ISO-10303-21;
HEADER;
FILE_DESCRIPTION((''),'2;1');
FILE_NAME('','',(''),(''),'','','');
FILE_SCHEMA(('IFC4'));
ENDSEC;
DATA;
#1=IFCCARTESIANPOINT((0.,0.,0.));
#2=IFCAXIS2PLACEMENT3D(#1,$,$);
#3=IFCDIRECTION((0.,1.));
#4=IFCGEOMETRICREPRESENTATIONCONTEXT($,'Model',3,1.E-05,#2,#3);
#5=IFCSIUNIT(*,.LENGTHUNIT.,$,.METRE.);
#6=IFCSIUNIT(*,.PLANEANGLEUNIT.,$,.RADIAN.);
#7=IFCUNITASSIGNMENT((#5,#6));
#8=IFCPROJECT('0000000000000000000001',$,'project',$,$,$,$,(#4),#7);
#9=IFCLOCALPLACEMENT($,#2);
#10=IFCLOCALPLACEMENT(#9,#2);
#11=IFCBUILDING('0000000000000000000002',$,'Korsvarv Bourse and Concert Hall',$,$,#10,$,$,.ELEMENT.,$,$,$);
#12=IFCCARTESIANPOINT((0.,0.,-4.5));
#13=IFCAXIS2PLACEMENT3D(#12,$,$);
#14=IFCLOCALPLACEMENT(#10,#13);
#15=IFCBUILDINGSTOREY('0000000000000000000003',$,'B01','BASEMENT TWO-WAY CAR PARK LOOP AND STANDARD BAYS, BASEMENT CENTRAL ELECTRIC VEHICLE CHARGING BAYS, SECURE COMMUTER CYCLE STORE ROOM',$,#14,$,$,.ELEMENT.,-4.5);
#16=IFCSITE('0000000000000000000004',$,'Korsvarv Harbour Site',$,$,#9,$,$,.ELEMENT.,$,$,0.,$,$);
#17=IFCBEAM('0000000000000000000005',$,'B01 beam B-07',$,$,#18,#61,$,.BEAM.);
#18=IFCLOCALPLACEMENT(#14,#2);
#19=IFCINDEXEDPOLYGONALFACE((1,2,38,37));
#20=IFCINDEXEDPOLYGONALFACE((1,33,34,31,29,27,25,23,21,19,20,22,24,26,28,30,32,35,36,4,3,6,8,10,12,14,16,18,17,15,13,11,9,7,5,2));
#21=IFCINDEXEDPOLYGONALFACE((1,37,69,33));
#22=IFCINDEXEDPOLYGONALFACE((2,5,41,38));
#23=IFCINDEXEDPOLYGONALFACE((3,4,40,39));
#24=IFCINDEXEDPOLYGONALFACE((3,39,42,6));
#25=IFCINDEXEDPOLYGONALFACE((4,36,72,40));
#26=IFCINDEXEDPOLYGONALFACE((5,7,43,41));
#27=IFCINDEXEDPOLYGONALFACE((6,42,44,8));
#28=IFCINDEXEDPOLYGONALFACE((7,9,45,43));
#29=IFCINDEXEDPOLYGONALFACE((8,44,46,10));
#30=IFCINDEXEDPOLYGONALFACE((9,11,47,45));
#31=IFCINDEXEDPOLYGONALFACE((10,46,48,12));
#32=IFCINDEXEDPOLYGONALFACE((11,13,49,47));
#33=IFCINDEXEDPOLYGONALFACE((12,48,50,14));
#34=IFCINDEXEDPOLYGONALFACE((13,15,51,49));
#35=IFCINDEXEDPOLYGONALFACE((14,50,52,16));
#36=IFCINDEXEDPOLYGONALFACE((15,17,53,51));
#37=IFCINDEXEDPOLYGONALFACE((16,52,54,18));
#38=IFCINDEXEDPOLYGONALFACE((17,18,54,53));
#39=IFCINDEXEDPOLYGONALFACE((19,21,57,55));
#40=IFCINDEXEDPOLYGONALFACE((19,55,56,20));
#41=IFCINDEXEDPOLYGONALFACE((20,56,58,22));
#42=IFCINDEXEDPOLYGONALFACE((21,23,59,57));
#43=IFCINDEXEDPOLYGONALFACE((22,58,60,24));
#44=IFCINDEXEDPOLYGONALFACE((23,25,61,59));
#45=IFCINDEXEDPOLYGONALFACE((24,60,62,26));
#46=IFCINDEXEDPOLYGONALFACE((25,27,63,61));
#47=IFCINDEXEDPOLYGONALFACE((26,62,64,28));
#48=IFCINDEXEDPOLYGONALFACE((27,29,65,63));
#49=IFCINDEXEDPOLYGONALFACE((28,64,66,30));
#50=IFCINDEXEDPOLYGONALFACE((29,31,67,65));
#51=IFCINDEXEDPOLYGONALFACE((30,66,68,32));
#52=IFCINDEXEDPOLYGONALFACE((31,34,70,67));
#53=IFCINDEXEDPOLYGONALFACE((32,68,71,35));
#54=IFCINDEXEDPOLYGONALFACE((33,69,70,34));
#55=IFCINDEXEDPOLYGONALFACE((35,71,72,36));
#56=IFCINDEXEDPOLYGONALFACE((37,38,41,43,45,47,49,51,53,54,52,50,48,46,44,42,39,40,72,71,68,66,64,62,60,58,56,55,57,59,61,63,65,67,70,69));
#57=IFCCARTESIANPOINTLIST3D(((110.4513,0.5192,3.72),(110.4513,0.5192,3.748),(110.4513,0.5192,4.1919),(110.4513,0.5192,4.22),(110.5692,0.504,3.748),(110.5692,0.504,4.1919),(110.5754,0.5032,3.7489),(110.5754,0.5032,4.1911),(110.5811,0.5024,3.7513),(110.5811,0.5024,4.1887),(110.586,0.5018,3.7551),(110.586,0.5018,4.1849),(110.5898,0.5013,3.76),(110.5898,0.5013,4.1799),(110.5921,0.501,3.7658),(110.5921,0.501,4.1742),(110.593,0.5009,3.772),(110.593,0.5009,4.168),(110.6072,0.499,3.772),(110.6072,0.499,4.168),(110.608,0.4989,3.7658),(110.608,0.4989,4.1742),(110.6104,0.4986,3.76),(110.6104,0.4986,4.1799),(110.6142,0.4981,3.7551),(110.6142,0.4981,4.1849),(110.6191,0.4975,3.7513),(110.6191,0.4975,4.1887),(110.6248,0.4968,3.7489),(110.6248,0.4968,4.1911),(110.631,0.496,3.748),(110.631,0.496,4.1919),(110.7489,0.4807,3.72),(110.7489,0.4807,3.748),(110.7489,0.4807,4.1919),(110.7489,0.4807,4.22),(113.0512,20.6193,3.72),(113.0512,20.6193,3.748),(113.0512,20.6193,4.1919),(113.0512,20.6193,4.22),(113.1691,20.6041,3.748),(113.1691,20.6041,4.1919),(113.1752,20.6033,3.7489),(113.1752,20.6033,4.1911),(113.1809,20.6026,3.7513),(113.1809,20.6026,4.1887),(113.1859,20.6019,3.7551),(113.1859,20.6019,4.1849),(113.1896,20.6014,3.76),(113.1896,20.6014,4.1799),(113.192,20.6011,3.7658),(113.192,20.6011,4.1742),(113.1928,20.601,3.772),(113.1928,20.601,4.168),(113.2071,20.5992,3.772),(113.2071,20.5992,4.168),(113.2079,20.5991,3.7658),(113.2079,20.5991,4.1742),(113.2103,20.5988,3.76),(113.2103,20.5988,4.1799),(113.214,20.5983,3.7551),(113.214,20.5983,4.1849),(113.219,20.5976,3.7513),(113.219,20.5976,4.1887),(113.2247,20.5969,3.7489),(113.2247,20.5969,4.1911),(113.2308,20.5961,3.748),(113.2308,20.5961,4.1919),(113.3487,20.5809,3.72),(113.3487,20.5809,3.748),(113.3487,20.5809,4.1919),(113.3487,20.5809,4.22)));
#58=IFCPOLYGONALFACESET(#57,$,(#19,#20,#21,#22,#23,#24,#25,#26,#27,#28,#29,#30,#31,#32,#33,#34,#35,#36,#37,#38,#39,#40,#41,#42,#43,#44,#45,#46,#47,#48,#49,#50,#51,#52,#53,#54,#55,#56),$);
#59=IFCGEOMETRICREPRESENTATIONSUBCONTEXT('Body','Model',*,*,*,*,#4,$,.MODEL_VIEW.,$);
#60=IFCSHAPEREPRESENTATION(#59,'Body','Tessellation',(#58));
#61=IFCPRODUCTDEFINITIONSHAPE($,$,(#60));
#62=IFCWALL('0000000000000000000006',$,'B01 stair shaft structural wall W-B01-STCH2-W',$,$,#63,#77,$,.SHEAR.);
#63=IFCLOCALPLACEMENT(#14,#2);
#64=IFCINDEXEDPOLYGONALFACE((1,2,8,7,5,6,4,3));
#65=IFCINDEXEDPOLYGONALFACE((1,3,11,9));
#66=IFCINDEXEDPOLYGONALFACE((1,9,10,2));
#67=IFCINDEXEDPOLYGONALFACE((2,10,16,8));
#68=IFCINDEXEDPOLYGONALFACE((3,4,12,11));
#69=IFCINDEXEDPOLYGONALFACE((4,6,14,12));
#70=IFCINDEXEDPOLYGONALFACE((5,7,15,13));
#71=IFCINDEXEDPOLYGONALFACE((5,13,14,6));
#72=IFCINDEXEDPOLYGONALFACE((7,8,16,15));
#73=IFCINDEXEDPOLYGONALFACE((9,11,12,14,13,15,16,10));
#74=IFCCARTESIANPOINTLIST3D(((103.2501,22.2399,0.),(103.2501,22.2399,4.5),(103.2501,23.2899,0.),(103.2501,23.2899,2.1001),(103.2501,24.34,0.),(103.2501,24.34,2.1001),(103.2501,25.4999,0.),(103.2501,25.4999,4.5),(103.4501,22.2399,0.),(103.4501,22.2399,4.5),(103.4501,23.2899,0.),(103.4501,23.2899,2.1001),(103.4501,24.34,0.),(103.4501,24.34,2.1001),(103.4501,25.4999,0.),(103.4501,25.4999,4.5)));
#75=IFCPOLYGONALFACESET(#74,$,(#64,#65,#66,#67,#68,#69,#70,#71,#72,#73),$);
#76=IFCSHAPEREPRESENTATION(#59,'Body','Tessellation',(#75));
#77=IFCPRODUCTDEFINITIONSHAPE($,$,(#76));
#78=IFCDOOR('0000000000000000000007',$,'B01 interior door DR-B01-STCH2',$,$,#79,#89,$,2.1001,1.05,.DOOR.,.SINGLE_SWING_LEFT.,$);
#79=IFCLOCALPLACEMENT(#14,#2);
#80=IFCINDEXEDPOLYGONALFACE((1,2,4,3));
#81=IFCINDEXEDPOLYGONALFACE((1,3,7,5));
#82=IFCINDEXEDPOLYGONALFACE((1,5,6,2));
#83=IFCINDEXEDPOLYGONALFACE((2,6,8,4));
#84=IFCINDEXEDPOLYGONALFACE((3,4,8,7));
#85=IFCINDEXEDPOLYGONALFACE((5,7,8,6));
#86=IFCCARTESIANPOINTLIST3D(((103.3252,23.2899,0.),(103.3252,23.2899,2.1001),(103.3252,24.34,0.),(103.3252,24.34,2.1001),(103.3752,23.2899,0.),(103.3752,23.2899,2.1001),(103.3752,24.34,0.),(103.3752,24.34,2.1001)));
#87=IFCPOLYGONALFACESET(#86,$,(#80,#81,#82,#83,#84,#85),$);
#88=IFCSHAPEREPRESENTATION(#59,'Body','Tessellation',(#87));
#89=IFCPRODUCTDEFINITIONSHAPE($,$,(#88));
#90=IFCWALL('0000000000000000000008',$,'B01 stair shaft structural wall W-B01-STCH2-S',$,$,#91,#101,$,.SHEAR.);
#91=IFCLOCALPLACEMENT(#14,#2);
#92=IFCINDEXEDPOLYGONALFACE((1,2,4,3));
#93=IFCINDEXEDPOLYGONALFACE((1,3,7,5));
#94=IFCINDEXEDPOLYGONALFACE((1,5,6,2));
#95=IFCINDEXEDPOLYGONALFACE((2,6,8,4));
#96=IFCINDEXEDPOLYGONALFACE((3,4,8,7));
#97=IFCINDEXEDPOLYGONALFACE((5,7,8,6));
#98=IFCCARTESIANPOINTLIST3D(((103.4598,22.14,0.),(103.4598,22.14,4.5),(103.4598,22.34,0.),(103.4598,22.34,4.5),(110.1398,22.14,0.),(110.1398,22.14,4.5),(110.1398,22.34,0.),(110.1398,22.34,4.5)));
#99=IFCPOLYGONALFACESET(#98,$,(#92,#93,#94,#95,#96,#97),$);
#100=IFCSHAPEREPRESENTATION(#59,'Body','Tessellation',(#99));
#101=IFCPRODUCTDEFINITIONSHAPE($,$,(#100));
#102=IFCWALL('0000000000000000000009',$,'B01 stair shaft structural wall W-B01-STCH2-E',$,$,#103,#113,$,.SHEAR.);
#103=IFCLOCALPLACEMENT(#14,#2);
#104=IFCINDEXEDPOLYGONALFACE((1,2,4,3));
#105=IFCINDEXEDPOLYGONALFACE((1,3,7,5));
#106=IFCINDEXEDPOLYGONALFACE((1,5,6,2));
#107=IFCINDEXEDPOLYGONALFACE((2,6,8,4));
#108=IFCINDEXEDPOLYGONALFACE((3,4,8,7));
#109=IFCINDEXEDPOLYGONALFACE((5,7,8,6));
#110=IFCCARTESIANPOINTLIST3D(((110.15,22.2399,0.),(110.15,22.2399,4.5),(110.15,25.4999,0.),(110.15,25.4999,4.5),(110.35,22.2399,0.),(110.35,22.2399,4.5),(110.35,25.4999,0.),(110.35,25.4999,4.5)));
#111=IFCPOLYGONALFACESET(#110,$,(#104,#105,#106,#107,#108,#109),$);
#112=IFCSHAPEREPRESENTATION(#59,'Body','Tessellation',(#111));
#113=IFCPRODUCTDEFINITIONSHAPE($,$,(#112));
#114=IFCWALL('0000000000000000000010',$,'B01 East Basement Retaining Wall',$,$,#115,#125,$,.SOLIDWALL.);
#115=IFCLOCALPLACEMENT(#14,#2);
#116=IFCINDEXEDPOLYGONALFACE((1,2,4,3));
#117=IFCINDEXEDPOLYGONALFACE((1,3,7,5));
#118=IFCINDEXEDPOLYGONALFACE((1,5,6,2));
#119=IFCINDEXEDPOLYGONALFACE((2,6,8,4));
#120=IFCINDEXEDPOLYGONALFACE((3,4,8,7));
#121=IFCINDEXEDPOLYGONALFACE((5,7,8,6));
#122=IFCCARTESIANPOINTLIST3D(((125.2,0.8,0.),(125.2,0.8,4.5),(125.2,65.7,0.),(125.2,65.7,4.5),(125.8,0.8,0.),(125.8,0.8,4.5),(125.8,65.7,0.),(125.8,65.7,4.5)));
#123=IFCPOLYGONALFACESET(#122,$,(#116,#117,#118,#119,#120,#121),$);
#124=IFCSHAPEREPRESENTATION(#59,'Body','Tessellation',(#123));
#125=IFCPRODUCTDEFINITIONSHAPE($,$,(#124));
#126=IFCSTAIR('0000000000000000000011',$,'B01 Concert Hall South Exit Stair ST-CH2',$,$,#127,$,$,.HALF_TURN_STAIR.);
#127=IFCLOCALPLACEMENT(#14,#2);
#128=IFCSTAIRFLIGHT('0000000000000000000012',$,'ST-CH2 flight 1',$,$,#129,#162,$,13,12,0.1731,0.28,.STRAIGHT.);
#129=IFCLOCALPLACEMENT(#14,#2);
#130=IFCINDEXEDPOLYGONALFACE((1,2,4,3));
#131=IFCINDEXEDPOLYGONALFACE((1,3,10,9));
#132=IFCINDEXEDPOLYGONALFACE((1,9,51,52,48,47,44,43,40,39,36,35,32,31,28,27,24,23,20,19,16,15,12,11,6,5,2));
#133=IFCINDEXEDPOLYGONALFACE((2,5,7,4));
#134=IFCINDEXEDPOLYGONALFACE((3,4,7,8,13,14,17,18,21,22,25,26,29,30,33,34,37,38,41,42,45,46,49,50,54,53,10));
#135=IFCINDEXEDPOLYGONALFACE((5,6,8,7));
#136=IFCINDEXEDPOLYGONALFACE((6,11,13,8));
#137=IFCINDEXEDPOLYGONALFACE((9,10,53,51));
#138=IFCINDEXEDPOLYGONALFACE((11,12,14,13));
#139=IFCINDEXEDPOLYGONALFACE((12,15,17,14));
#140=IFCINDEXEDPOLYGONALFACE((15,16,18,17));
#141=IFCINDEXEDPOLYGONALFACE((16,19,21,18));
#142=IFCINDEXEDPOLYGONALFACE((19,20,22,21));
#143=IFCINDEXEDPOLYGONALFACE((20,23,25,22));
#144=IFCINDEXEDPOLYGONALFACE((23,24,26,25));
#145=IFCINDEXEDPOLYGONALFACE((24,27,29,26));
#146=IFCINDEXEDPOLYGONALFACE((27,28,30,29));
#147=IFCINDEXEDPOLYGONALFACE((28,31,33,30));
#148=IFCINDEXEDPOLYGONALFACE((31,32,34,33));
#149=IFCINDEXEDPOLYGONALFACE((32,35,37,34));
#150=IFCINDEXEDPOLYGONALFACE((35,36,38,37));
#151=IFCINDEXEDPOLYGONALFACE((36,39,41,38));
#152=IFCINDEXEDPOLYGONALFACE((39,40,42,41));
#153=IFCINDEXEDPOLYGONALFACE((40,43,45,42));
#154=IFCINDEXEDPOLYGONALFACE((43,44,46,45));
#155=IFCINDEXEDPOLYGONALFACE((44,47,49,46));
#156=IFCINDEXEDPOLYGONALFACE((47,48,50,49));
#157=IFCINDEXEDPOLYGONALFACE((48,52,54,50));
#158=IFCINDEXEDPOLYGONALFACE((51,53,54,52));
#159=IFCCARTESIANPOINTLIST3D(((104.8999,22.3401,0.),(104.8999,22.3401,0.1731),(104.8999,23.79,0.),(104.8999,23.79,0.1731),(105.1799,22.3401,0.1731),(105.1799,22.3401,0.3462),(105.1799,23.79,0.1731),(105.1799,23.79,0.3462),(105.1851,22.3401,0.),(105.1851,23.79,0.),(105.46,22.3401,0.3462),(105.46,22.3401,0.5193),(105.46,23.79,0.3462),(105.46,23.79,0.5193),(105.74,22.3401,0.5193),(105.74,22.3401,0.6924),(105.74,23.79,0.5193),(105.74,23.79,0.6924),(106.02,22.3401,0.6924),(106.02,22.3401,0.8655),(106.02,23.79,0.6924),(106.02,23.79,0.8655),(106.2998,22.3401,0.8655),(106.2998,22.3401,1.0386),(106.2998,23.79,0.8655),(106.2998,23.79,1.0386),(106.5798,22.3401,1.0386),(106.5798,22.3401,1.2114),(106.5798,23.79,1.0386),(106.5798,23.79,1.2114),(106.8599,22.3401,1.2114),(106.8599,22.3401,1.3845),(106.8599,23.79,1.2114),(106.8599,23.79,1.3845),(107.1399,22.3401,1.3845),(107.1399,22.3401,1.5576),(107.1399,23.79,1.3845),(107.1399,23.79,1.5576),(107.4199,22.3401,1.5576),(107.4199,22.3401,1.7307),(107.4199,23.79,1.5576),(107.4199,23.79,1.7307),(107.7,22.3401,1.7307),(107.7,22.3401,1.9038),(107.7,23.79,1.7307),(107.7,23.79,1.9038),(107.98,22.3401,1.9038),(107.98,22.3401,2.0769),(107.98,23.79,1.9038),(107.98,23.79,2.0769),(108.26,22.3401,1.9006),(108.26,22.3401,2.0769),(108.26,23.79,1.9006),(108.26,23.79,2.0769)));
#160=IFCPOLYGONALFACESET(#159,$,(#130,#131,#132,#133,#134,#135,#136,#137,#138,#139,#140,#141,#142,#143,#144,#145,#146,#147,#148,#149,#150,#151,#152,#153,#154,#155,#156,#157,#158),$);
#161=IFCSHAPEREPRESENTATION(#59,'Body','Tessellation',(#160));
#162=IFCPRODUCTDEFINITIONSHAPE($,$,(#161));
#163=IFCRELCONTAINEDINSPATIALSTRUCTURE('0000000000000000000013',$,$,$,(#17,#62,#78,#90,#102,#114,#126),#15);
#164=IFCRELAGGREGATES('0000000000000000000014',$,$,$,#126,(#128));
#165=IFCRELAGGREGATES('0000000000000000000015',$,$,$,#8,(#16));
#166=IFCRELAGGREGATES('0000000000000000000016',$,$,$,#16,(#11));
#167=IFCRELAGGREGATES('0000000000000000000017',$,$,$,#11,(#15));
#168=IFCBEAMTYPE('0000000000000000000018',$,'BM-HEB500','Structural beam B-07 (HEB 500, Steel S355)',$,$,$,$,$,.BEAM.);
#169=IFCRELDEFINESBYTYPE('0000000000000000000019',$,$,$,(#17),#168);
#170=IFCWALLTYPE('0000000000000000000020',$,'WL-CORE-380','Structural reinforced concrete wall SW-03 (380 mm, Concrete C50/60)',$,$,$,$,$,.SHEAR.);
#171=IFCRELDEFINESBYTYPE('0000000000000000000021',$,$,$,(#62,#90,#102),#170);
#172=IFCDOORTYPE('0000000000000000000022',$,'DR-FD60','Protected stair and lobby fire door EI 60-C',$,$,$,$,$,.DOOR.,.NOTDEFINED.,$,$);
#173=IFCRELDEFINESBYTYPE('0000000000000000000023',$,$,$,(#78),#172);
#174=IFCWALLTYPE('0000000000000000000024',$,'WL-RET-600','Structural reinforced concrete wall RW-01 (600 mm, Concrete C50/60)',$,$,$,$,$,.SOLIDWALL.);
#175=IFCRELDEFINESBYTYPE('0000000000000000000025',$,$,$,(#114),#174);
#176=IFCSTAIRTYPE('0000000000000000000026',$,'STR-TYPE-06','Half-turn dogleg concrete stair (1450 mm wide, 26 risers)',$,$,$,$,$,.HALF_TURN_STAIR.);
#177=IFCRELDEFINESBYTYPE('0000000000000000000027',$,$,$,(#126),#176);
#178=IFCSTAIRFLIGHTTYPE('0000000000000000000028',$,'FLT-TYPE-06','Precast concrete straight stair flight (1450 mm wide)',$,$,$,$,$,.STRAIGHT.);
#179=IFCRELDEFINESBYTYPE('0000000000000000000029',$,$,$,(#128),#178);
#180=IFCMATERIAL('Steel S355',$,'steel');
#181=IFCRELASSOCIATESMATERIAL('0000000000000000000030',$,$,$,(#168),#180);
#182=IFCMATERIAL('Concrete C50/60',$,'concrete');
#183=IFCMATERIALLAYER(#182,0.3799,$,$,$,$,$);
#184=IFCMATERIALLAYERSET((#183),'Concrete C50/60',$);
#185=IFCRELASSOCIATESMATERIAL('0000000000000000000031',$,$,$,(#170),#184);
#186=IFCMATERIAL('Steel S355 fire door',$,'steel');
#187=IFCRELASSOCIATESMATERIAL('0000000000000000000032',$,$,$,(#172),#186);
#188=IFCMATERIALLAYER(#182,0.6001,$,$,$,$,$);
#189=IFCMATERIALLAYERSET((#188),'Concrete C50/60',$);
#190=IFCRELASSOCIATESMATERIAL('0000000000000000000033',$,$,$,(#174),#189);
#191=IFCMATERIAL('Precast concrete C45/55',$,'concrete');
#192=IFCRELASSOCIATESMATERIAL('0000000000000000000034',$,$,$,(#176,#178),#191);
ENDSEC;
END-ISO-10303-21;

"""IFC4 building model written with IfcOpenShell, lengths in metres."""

from ifc_helpers import new_model, si_unit, direction, frame, frame_2d, origin, origin_2d, place, context, subcontext, project, spatial, polyline, rectangle, i_section, outline, extrude, source, transform, mapped, material, layer, layer_set, material_profile, profile_set, type_object, element, fill, aggregate, save


model = new_model("IFC4")

# Units and contexts
model_context = context("Model", 3, precision=1e-05, world=origin(), true_north=direction((0.0, 1.0)))
body_context = subcontext(model_context, "Body", "Model", "MODEL_VIEW")
ifc_project = project(units=[si_unit("LENGTHUNIT", "METRE"), si_unit("PLANEANGLEUNIT", "RADIAN")], contexts=[model_context])

# Site, building, storey
site_placement = place(None, origin())
site = spatial("IfcSite", under=ifc_project, at=site_placement, Name="Korsvarv Harbour Site", CompositionType="ELEMENT", RefElevation=0.0)
building_placement = place(site_placement, origin())
building = spatial("IfcBuilding", under=site, at=building_placement, Name="Korsvarv Bourse and Concert Hall", CompositionType="ELEMENT")
storey_placement = place(building_placement, frame((0.0, 0.0, -4.5)))
storey = spatial("IfcBuildingStorey", under=building, at=storey_placement, Name="B01", Description="BASEMENT TWO-WAY CAR PARK LOOP AND STANDARD BAYS, BASEMENT CENTRAL ELECTRIC VEHICLE CHARGING BAYS, SECURE COMMUTER CYCLE STORE ROOM", CompositionType="ELEMENT", Elevation=-4.5)

# Shared definitions
ifc_material_1 = material(Name="Concrete C50/60", Category="concrete")

# Beam
ifc_material_2 = material(Name="Steel S355", Category="steel")
ifc_material_profile_1 = material_profile(ifc_material_2, i_section(OverallWidth=0.3, OverallDepth=0.5, WebThickness=0.0144, FlangeThickness=0.0281, FilletRadius=0.0239, at=origin_2d()), Name="HEB 500")
ifc_profile_set_1 = profile_set([ifc_material_profile_1], Name="Steel S355")
beam_type_1 = type_object("IfcBeamType", Name="BM-HEB500", Description="Structural beam B-07 (HEB 500, Steel S355)", PredefinedType="BEAM", material=ifc_profile_set_1)
shared_shape_1 = source(origin(), body_context, "Body", "SweptSolid", [
    extrude(i_section(OverallWidth=0.3, OverallDepth=0.5, WebThickness=0.0144, FlangeThickness=0.0281, FilletRadius=0.0239, at=origin_2d()), origin(), (0.0, 0.0, 1.0), 20.2676),
])
beam_1_placement = place(storey_placement, frame((113.2, 20.6001, 3.97), z_axis=(-0.128277, -0.991738, 0.0), x_axis=(0.991738, -0.128277, 0.0)))
element("IfcBeam", 1, at=beam_1_placement, inside=storey, type_object=beam_type_1, Name="B01 beam B-07", PredefinedType="BEAM", context=body_context, shape_type="MappedRepresentation", body=[
    mapped(shared_shape_1, transform((0.0, 0.0, 0.0), scale=1.0)),
])

# Wall, opening, door
ifc_layer_1 = layer(ifc_material_1, 0.3799)
ifc_layer_set_1 = layer_set([ifc_layer_1], Name="Concrete C50/60")
wall_type_1 = type_object("IfcWallType", Name="WL-CORE-380", Description="Structural reinforced concrete wall SW-03 (380 mm, Concrete C50/60)", PredefinedType="SHEAR", material=ifc_layer_set_1)
wall_1_placement = place(storey_placement, frame((103.3501, 22.24, 0.0), z_axis=(0.0, 0.0, 1.0), x_axis=(0.0, 1.0, 0.0)))
wall_1 = element("IfcWall", 2, at=wall_1_placement, inside=storey, type_object=wall_type_1, Name="B01 stair shaft structural wall W-B01-STCH2-W", PredefinedType="SHEAR", context=body_context, shape_type="SweptSolid", body=[
    extrude(rectangle(XDim=3.26, YDim=0.2, at=frame_2d((1.6299, 0.0))), origin(), (0.0, 0.0, 1.0), 4.5),
])
opening_placement = place(wall_1_placement, frame((1.05, 0.0, 0.0)))
opening = element("IfcOpeningElement", 3, at=opening_placement, cuts=wall_1, PredefinedType="OPENING", context=body_context, shape_type="SweptSolid", body=[
    extrude(rectangle(XDim=1.05, YDim=2.1001, at=frame_2d((0.5249, 1.05))), frame((0.0, 0.1099, 0.0), z_axis=(0.0, -1.0, 0.0), x_axis=(1.0, 0.0, 0.0)), (0.0, 0.0, 1.0), 0.22),
])
ifc_material_3 = material(Name="Steel S355 fire door", Category="steel")
door_type = type_object("IfcDoorType", Name="DR-FD60", Description="Protected stair and lobby fire door EI 60-C", OperationType="NOTDEFINED", PredefinedType="DOOR", material=ifc_material_3)
door_placement = place(opening_placement, origin())
door = element("IfcDoor", 4, at=door_placement, inside=storey, type_object=door_type, Name="B01 interior door DR-B01-STCH2", OperationType="SINGLE_SWING_LEFT", OverallHeight=2.1001, OverallWidth=1.05, PredefinedType="DOOR", context=body_context, shape_type="SweptSolid", body=[
    extrude(rectangle(XDim=1.05, YDim=2.1001, at=frame_2d((0.5249, 1.05))), frame((0.0, 0.0249, 0.0), z_axis=(0.0, -1.0, 0.0), x_axis=(1.0, 0.0, 0.0)), (0.0, 0.0, 1.0), 0.05),
])
fill(opening, door)

# Walls
wall_2_placement = place(storey_placement, frame((103.46, 22.24, 0.0), z_axis=(0.0, 0.0, 1.0), x_axis=(1.0, 0.0, 0.0)))
element("IfcWall", 5, at=wall_2_placement, inside=storey, type_object=wall_type_1, Name="B01 stair shaft structural wall W-B01-STCH2-S", PredefinedType="SHEAR", context=body_context, shape_type="SweptSolid", body=[
    extrude(rectangle(XDim=6.6799, YDim=0.2, at=frame_2d((3.3398, 0.0))), origin(), (0.0, 0.0, 1.0), 4.5),
])
wall_3_placement = place(storey_placement, frame((110.25, 22.24, 0.0), z_axis=(0.0, 0.0, 1.0), x_axis=(0.0, 1.0, 0.0)))
element("IfcWall", 6, at=wall_3_placement, inside=storey, type_object=wall_type_1, Name="B01 stair shaft structural wall W-B01-STCH2-E", PredefinedType="SHEAR", context=body_context, shape_type="SweptSolid", body=[
    extrude(rectangle(XDim=3.26, YDim=0.2, at=frame_2d((1.6299, 0.0))), origin(), (0.0, 0.0, 1.0), 4.5),
])
ifc_layer_2 = layer(ifc_material_1, 0.6001)
ifc_layer_set_2 = layer_set([ifc_layer_2], Name="Concrete C50/60")
wall_type_2 = type_object("IfcWallType", Name="WL-RET-600", Description="Structural reinforced concrete wall RW-01 (600 mm, Concrete C50/60)", PredefinedType="SOLIDWALL", material=ifc_layer_set_2)
wall_4_placement = place(storey_placement, frame((125.5, 0.8, 0.0), z_axis=(0.0, 0.0, 1.0), x_axis=(0.0, 1.0, 0.0)))
element("IfcWall", 7, at=wall_4_placement, inside=storey, type_object=wall_type_2, Name="B01 East Basement Retaining Wall", PredefinedType="SOLIDWALL", context=body_context, shape_type="SweptSolid", body=[
    extrude(rectangle(XDim=64.8999, YDim=0.6001, at=frame_2d((32.45, 0.0))), origin(), (0.0, 0.0, 1.0), 4.5),
])

# Stair, stair flight
ifc_material_4 = material(Name="Precast concrete C45/55", Category="concrete")
stair_type = type_object("IfcStairType", Name="STR-TYPE-06", Description="Half-turn dogleg concrete stair (1450 mm wide, 26 risers)", PredefinedType="HALF_TURN_STAIR", material=ifc_material_4)
stair_placement = place(storey_placement, origin())
stair = element("IfcStair", 8, at=stair_placement, inside=storey, type_object=stair_type, Name="B01 Concert Hall South Exit Stair ST-CH2", PredefinedType="HALF_TURN_STAIR")
stair_flight_type = type_object("IfcStairFlightType", Name="FLT-TYPE-06", Description="Precast concrete straight stair flight (1450 mm wide)", PredefinedType="STRAIGHT", material=ifc_material_4)
stair_flight_1_placement = place(storey_placement, frame((104.8999, 23.0649, 0.0), z_axis=(0.0, 0.0, 1.0), x_axis=(1.0, 0.0, 0.0)))
stair_flight_1 = element("IfcStairFlight", 9, at=stair_flight_1_placement, type_object=stair_flight_type, Name="ST-CH2 flight 1", NumberOfRisers=13, NumberOfTreads=12, PredefinedType="STRAIGHT", RiserHeight=0.1731, TreadLength=0.28, context=body_context, shape_type="SweptSolid", body=[
    extrude(outline(polyline([(0.0, 0.0), (0.0, 0.1731), (0.28, 0.1731), (0.28, 0.3462), (0.5601, 0.3462), (0.5601, 0.5193), (0.8401, 0.5193), (0.8401, 0.6924), (1.1201, 0.6924), (1.1201, 0.8655), (1.3999, 0.8655), (1.3999, 1.0386), (1.6799, 1.0386), (1.6799, 1.2114), (1.96, 1.2114), (1.96, 1.3845), (2.24, 1.3845), (2.24, 1.5576), (2.52, 1.5576), (2.52, 1.7307), (2.8, 1.7307), (2.8, 1.9038), (3.0801, 1.9038), (3.0801, 2.0769), (3.3601, 2.0769), (3.3601, 2.25), (3.3601, 1.9006), (0.2852, 0.0), (0.0, 0.0)])), frame((0.0, 0.7251, 0.0), z_axis=(0.0, -1.0, 0.0), x_axis=(1.0, 0.0, 0.0)), (0.0, 0.0, 1.0), 1.45),
])
aggregate(stair, [stair_flight_1])

save(model, "model.ifc")
